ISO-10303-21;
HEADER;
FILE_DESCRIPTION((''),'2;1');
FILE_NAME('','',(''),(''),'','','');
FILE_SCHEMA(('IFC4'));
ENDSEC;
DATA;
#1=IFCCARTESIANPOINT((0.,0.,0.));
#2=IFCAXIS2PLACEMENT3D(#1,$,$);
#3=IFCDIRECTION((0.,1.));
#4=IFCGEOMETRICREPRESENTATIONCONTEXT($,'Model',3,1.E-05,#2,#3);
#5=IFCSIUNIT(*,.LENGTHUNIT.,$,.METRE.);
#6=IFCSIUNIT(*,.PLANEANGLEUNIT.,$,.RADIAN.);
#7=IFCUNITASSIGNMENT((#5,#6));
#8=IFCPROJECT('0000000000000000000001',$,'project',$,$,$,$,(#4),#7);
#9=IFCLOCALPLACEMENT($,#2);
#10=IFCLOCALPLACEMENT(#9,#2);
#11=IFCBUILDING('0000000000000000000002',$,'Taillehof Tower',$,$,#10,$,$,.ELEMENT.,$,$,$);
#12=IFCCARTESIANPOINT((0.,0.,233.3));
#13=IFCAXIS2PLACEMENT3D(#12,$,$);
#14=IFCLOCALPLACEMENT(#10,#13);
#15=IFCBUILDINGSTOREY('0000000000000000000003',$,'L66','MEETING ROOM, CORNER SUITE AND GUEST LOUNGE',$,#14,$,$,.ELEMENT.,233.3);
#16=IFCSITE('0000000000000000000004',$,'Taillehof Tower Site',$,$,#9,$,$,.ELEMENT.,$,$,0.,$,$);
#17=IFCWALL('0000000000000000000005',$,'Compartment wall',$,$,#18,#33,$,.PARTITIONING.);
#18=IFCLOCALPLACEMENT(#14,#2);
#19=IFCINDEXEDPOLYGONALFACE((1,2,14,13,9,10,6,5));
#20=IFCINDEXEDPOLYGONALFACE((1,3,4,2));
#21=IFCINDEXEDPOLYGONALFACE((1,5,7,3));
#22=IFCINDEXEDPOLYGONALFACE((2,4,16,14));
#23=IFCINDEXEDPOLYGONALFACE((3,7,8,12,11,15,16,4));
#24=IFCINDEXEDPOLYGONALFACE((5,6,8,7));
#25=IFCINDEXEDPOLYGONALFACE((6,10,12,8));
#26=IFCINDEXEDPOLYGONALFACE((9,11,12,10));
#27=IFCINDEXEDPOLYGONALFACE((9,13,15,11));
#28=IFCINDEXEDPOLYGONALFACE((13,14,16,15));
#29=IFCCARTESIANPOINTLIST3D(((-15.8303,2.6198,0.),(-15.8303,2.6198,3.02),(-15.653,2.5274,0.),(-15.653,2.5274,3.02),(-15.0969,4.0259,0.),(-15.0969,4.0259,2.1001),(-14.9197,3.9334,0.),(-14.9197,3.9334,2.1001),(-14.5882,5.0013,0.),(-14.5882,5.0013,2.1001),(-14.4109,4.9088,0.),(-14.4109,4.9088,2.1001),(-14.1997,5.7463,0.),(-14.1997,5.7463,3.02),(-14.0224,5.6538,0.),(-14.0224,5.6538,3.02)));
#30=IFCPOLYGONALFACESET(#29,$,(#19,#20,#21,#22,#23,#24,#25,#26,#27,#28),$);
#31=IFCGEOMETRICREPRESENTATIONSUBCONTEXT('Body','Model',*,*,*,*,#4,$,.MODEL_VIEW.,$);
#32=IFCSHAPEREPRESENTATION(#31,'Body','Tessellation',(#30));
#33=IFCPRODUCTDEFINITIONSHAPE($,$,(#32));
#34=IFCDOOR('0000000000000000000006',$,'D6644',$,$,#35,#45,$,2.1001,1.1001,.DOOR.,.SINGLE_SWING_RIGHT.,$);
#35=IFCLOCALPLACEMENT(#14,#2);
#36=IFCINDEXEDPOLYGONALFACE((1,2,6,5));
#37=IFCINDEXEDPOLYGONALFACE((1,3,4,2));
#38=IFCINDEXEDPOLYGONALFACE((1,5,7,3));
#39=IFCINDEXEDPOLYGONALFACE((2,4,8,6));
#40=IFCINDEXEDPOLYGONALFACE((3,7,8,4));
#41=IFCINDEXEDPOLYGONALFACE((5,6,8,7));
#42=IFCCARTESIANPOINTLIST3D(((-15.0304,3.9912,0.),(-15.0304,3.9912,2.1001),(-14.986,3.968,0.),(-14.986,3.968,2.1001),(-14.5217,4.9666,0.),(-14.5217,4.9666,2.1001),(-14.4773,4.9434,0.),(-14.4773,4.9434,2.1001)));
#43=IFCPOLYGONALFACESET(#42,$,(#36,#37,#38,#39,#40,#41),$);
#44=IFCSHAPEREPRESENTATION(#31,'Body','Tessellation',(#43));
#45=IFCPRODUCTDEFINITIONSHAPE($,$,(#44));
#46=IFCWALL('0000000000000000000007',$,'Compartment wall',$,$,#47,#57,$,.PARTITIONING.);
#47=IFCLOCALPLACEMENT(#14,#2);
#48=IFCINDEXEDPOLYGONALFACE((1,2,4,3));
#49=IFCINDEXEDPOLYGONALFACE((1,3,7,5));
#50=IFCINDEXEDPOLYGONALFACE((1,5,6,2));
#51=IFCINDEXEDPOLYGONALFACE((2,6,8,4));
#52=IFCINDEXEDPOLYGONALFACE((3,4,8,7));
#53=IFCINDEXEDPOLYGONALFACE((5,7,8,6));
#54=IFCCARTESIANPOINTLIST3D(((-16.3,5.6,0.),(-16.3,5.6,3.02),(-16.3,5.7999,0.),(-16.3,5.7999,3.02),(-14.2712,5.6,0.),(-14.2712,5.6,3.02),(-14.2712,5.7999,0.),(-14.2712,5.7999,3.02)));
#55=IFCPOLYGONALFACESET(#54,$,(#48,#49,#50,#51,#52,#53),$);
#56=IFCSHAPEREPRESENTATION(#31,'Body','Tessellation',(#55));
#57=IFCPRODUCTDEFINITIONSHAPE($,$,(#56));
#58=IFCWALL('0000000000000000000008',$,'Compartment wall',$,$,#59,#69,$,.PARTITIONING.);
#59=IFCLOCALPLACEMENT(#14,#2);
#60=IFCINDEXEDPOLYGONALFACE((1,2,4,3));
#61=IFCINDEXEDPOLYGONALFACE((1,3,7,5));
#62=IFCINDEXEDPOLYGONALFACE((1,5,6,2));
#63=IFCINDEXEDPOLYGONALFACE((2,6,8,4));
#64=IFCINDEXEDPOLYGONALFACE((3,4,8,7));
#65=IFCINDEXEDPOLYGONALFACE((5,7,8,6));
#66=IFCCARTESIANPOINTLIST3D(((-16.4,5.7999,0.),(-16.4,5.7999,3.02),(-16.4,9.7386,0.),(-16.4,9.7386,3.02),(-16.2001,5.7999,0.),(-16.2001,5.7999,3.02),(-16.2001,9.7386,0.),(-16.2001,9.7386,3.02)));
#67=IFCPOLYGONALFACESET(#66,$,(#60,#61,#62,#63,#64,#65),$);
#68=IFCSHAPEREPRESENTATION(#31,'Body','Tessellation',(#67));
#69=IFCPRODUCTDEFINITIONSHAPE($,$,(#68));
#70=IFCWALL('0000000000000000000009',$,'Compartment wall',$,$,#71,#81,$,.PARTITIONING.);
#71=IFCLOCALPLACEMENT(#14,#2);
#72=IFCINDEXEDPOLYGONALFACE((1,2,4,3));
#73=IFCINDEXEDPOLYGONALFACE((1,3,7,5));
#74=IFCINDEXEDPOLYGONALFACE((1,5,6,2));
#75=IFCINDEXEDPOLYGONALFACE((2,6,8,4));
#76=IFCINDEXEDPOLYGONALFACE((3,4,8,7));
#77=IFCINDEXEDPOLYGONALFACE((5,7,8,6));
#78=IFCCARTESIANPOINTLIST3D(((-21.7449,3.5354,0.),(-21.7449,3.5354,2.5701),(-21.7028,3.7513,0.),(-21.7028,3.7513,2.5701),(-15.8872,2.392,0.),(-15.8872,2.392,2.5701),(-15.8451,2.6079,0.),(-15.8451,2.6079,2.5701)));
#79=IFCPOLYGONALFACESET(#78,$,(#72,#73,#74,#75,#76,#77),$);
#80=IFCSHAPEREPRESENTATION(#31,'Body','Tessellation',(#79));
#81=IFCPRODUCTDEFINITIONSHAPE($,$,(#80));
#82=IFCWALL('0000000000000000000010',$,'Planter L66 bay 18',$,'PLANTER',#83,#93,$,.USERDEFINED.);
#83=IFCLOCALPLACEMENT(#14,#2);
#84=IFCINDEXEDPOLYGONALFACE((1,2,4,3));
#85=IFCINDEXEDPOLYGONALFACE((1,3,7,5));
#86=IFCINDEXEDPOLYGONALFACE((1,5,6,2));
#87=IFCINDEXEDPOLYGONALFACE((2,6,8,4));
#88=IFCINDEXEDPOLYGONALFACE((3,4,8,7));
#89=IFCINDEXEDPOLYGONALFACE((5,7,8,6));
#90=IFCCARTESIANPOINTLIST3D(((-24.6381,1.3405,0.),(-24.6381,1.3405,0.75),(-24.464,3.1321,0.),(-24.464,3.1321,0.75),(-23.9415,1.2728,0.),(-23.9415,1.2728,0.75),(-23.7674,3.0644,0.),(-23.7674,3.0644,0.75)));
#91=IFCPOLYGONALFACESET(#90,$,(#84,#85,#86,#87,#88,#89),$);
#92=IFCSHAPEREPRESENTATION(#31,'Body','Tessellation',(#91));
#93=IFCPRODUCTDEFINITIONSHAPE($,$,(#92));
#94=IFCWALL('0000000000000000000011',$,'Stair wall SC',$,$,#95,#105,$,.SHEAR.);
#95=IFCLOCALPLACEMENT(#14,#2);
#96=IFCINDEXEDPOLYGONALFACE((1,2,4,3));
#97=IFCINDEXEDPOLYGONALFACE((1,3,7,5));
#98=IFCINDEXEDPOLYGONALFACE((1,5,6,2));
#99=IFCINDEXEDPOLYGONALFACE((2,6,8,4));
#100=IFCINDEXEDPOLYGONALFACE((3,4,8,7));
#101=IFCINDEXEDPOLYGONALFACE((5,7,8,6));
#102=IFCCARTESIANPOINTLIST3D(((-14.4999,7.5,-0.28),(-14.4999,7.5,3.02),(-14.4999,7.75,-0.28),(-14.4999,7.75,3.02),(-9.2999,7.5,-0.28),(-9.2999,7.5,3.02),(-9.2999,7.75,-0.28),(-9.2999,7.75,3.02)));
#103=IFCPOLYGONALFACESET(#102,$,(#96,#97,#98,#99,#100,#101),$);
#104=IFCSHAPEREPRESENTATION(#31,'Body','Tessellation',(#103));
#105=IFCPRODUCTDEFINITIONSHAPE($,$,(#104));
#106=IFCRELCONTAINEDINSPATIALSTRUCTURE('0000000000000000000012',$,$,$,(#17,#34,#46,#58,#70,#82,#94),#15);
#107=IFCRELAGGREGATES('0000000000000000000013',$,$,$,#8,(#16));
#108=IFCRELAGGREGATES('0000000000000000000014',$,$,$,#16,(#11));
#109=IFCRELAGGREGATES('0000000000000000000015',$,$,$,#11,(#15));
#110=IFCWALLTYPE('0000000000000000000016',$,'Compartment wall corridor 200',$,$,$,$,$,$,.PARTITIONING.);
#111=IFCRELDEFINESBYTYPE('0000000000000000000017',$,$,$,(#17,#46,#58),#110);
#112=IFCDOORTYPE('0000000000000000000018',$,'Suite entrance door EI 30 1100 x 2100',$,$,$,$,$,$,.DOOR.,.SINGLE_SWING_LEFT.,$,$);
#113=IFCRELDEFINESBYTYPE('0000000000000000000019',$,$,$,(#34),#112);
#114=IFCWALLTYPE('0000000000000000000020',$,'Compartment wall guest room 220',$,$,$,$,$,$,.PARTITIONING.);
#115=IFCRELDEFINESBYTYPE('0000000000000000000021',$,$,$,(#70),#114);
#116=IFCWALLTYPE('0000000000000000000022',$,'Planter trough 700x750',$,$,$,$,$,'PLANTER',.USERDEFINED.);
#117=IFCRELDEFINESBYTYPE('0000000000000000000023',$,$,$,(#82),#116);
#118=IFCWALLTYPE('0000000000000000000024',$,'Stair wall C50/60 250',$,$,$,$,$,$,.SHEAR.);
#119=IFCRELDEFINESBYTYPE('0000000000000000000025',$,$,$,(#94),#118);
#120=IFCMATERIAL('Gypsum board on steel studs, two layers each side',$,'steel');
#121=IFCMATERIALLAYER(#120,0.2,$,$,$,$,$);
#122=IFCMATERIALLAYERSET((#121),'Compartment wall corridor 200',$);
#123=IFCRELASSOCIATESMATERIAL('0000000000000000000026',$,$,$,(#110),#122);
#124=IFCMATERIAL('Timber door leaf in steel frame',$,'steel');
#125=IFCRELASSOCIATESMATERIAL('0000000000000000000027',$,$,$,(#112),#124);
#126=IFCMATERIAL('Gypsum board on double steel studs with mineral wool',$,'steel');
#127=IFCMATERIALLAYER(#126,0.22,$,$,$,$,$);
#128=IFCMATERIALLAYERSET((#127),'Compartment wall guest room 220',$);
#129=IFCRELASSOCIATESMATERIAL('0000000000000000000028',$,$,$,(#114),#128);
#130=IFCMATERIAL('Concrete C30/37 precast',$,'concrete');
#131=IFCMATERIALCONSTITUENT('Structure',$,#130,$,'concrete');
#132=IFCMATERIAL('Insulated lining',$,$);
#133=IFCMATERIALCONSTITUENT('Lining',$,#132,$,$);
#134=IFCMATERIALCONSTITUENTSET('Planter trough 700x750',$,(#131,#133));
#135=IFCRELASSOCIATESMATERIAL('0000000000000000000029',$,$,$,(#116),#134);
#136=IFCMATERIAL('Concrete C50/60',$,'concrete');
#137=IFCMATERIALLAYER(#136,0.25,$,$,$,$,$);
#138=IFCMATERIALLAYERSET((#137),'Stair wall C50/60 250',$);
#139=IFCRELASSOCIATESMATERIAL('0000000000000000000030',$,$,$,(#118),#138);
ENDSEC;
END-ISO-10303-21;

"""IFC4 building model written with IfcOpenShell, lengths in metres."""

from ifc_helpers import new_model, si_unit, direction, frame, frame_2d, origin, place, context, subcontext, project, spatial, rectangle, extrude, material, layer, layer_set, constituent, constituent_set, type_object, element, fill, save


model = new_model("IFC4")

# Units and contexts
model_context = context("Model", 3, precision=1e-05, world=origin(), true_north=direction((0.0, 1.0)))
body_context = subcontext(model_context, "Body", "Model", "MODEL_VIEW")
ifc_project = project(units=[si_unit("LENGTHUNIT", "METRE"), si_unit("PLANEANGLEUNIT", "RADIAN")], contexts=[model_context])

# Site, building, storey
site_placement = place(None, origin())
site = spatial("IfcSite", under=ifc_project, at=site_placement, Name="Taillehof Tower Site", CompositionType="ELEMENT", RefElevation=0.0)
building_placement = place(site_placement, origin())
building = spatial("IfcBuilding", under=site, at=building_placement, Name="Taillehof Tower", CompositionType="ELEMENT")
storey_placement = place(building_placement, frame((0.0, 0.0, 233.3)))
storey = spatial("IfcBuildingStorey", under=building, at=storey_placement, Name="L66", Description="MEETING ROOM, CORNER SUITE AND GUEST LOUNGE", CompositionType="ELEMENT", Elevation=233.3)

# Wall, opening, door
ifc_material_1 = material(Name="Gypsum board on steel studs, two layers each side", Category="steel")
ifc_layer_1 = layer(ifc_material_1, 0.2)
ifc_layer_set_1 = layer_set([ifc_layer_1], Name="Compartment wall corridor 200")
wall_type_1 = type_object("IfcWallType", Name="Compartment wall corridor 200", PredefinedType="PARTITIONING", material=ifc_layer_set_1)
wall_1_placement = place(storey_placement, frame((-15.7417, 2.5735, 0.0), z_axis=(0.0, 0.0, 1.0), x_axis=(0.462436, 0.886653, 0.0)))
wall_1 = element("IfcWall", 1, at=wall_1_placement, inside=storey, type_object=wall_type_1, Name="Compartment wall", PredefinedType="PARTITIONING", context=body_context, shape_type="SweptSolid", body=[
    extrude(rectangle(XDim=3.5261, YDim=0.2, at=frame_2d((1.7632, 0.0))), origin(), (0.0, 0.0, 1.0), 3.02),
])
opening_1_placement = place(wall_1_placement, frame((1.5859, 0.0, 0.0)))
opening_1 = element("IfcOpeningElement", 2, at=opening_1_placement, cuts=wall_1, PredefinedType="OPENING", context=body_context, shape_type="SweptSolid", body=[
    extrude(rectangle(XDim=1.1001, YDim=2.1001, at=frame_2d((0.55, 1.05))), frame((0.0, 0.1099, 0.0), z_axis=(0.0, -1.0, 0.0), x_axis=(1.0, 0.0, 0.0)), (0.0, 0.0, 1.0), 0.22),
])
ifc_material_2 = material(Name="Timber door leaf in steel frame", Category="steel")
door_type_1 = type_object("IfcDoorType", Name="Suite entrance door EI 30 1100 x 2100", OperationType="SINGLE_SWING_LEFT", PredefinedType="DOOR", material=ifc_material_2)
door_1_placement = place(opening_1_placement, origin())
door_1 = element("IfcDoor", 3, at=door_1_placement, inside=storey, type_object=door_type_1, Name="D6644", OperationType="SINGLE_SWING_RIGHT", OverallHeight=2.1001, OverallWidth=1.1001, PredefinedType="DOOR", context=body_context, shape_type="SweptSolid", body=[
    extrude(rectangle(XDim=1.1001, YDim=2.1001, at=frame_2d((0.55, 1.05))), frame((0.0, 0.0249, 0.0), z_axis=(0.0, -1.0, 0.0), x_axis=(1.0, 0.0, 0.0)), (0.0, 0.0, 1.0), 0.05),
])
fill(opening_1, door_1)

# Walls
wall_2_placement = place(storey_placement, frame((-14.2712, 5.7, 0.0), z_axis=(0.0, 0.0, 1.0), x_axis=(-1.0, 0.0, 0.0)))
element("IfcWall", 4, at=wall_2_placement, inside=storey, type_object=wall_type_1, Name="Compartment wall", PredefinedType="PARTITIONING", context=body_context, shape_type="SweptSolid", body=[
    extrude(rectangle(XDim=2.0288, YDim=0.2, at=frame_2d((1.0144, 0.0))), origin(), (0.0, 0.0, 1.0), 3.02),
])
wall_3_placement = place(storey_placement, frame((-16.3, 5.8, 0.0), z_axis=(0.0, 0.0, 1.0), x_axis=(0.0, 1.0, 0.0)))
element("IfcWall", 5, at=wall_3_placement, inside=storey, type_object=wall_type_1, Name="Compartment wall", PredefinedType="PARTITIONING", context=body_context, shape_type="SweptSolid", body=[
    extrude(rectangle(XDim=3.9387, YDim=0.2, at=frame_2d((1.9692, 0.0))), origin(), (0.0, 0.0, 1.0), 3.02),
])
ifc_material_3 = material(Name="Gypsum board on double steel studs with mineral wool", Category="steel")
ifc_layer_2 = layer(ifc_material_3, 0.22)
ifc_layer_set_2 = layer_set([ifc_layer_2], Name="Compartment wall guest room 220")
wall_type_2 = type_object("IfcWallType", Name="Compartment wall guest room 220", PredefinedType="PARTITIONING", material=ifc_layer_set_2)
wall_4_placement = place(storey_placement, frame((-21.7239, 3.6433, 0.0), z_axis=(0.0, 0.0, 1.0), x_axis=(0.98148, -0.191567, 0.0)))
element("IfcWall", 6, at=wall_4_placement, inside=storey, type_object=wall_type_2, Name="Compartment wall", PredefinedType="PARTITIONING", context=body_context, shape_type="SweptSolid", body=[
    extrude(rectangle(XDim=5.9683, YDim=0.22, at=frame_2d((2.9841, 0.0))), origin(), (0.0, 0.0, 1.0), 2.5701),
])
ifc_material_4 = material(Name="Concrete C30/37 precast", Category="concrete")
ifc_constituent_1 = constituent(ifc_material_4, Name="Structure", Category="concrete")
ifc_material_5 = material(Name="Insulated lining")
ifc_constituent_2 = constituent(ifc_material_5, Name="Lining")
ifc_constituent_set = constituent_set(constituents=[ifc_constituent_1, ifc_constituent_2], Name="Planter trough 700x750")
wall_type_3 = type_object("IfcWallType", Name="Planter trough 700x750", ElementType="PLANTER", PredefinedType="USERDEFINED", material=ifc_constituent_set)
wall_5_placement = place(storey_placement, frame((-24.1157, 3.0981, 0.0), z_axis=(0.0, 0.0, 1.0), x_axis=(-0.09671, -0.995313, 0.0)))
element("IfcWall", 7, at=wall_5_placement, inside=storey, type_object=wall_type_3, Name="Planter L66 bay 18", ObjectType="PLANTER", PredefinedType="USERDEFINED", context=body_context, shape_type="SweptSolid", body=[
    extrude(rectangle(XDim=1.8, YDim=0.7, at=frame_2d((0.8999, 0.0))), origin(), (0.0, 0.0, 1.0), 0.75),
])
ifc_material_6 = material(Name="Concrete C50/60", Category="concrete")
ifc_layer_3 = layer(ifc_material_6, 0.25)
ifc_layer_set_3 = layer_set([ifc_layer_3], Name="Stair wall C50/60 250")
wall_type_4 = type_object("IfcWallType", Name="Stair wall C50/60 250", PredefinedType="SHEAR", material=ifc_layer_set_3)
wall_6_placement = place(storey_placement, frame((-14.5, 7.625, -0.28), z_axis=(0.0, 0.0, 1.0), x_axis=(1.0, 0.0, 0.0)))
element("IfcWall", 8, at=wall_6_placement, inside=storey, type_object=wall_type_4, Name="Stair wall SC", PredefinedType="SHEAR", context=body_context, shape_type="SweptSolid", body=[
    extrude(rectangle(XDim=5.2, YDim=0.25, at=frame_2d((2.6001, 0.0))), origin(), (0.0, 0.0, 1.0), 3.3),
])

save(model, "model.ifc")
